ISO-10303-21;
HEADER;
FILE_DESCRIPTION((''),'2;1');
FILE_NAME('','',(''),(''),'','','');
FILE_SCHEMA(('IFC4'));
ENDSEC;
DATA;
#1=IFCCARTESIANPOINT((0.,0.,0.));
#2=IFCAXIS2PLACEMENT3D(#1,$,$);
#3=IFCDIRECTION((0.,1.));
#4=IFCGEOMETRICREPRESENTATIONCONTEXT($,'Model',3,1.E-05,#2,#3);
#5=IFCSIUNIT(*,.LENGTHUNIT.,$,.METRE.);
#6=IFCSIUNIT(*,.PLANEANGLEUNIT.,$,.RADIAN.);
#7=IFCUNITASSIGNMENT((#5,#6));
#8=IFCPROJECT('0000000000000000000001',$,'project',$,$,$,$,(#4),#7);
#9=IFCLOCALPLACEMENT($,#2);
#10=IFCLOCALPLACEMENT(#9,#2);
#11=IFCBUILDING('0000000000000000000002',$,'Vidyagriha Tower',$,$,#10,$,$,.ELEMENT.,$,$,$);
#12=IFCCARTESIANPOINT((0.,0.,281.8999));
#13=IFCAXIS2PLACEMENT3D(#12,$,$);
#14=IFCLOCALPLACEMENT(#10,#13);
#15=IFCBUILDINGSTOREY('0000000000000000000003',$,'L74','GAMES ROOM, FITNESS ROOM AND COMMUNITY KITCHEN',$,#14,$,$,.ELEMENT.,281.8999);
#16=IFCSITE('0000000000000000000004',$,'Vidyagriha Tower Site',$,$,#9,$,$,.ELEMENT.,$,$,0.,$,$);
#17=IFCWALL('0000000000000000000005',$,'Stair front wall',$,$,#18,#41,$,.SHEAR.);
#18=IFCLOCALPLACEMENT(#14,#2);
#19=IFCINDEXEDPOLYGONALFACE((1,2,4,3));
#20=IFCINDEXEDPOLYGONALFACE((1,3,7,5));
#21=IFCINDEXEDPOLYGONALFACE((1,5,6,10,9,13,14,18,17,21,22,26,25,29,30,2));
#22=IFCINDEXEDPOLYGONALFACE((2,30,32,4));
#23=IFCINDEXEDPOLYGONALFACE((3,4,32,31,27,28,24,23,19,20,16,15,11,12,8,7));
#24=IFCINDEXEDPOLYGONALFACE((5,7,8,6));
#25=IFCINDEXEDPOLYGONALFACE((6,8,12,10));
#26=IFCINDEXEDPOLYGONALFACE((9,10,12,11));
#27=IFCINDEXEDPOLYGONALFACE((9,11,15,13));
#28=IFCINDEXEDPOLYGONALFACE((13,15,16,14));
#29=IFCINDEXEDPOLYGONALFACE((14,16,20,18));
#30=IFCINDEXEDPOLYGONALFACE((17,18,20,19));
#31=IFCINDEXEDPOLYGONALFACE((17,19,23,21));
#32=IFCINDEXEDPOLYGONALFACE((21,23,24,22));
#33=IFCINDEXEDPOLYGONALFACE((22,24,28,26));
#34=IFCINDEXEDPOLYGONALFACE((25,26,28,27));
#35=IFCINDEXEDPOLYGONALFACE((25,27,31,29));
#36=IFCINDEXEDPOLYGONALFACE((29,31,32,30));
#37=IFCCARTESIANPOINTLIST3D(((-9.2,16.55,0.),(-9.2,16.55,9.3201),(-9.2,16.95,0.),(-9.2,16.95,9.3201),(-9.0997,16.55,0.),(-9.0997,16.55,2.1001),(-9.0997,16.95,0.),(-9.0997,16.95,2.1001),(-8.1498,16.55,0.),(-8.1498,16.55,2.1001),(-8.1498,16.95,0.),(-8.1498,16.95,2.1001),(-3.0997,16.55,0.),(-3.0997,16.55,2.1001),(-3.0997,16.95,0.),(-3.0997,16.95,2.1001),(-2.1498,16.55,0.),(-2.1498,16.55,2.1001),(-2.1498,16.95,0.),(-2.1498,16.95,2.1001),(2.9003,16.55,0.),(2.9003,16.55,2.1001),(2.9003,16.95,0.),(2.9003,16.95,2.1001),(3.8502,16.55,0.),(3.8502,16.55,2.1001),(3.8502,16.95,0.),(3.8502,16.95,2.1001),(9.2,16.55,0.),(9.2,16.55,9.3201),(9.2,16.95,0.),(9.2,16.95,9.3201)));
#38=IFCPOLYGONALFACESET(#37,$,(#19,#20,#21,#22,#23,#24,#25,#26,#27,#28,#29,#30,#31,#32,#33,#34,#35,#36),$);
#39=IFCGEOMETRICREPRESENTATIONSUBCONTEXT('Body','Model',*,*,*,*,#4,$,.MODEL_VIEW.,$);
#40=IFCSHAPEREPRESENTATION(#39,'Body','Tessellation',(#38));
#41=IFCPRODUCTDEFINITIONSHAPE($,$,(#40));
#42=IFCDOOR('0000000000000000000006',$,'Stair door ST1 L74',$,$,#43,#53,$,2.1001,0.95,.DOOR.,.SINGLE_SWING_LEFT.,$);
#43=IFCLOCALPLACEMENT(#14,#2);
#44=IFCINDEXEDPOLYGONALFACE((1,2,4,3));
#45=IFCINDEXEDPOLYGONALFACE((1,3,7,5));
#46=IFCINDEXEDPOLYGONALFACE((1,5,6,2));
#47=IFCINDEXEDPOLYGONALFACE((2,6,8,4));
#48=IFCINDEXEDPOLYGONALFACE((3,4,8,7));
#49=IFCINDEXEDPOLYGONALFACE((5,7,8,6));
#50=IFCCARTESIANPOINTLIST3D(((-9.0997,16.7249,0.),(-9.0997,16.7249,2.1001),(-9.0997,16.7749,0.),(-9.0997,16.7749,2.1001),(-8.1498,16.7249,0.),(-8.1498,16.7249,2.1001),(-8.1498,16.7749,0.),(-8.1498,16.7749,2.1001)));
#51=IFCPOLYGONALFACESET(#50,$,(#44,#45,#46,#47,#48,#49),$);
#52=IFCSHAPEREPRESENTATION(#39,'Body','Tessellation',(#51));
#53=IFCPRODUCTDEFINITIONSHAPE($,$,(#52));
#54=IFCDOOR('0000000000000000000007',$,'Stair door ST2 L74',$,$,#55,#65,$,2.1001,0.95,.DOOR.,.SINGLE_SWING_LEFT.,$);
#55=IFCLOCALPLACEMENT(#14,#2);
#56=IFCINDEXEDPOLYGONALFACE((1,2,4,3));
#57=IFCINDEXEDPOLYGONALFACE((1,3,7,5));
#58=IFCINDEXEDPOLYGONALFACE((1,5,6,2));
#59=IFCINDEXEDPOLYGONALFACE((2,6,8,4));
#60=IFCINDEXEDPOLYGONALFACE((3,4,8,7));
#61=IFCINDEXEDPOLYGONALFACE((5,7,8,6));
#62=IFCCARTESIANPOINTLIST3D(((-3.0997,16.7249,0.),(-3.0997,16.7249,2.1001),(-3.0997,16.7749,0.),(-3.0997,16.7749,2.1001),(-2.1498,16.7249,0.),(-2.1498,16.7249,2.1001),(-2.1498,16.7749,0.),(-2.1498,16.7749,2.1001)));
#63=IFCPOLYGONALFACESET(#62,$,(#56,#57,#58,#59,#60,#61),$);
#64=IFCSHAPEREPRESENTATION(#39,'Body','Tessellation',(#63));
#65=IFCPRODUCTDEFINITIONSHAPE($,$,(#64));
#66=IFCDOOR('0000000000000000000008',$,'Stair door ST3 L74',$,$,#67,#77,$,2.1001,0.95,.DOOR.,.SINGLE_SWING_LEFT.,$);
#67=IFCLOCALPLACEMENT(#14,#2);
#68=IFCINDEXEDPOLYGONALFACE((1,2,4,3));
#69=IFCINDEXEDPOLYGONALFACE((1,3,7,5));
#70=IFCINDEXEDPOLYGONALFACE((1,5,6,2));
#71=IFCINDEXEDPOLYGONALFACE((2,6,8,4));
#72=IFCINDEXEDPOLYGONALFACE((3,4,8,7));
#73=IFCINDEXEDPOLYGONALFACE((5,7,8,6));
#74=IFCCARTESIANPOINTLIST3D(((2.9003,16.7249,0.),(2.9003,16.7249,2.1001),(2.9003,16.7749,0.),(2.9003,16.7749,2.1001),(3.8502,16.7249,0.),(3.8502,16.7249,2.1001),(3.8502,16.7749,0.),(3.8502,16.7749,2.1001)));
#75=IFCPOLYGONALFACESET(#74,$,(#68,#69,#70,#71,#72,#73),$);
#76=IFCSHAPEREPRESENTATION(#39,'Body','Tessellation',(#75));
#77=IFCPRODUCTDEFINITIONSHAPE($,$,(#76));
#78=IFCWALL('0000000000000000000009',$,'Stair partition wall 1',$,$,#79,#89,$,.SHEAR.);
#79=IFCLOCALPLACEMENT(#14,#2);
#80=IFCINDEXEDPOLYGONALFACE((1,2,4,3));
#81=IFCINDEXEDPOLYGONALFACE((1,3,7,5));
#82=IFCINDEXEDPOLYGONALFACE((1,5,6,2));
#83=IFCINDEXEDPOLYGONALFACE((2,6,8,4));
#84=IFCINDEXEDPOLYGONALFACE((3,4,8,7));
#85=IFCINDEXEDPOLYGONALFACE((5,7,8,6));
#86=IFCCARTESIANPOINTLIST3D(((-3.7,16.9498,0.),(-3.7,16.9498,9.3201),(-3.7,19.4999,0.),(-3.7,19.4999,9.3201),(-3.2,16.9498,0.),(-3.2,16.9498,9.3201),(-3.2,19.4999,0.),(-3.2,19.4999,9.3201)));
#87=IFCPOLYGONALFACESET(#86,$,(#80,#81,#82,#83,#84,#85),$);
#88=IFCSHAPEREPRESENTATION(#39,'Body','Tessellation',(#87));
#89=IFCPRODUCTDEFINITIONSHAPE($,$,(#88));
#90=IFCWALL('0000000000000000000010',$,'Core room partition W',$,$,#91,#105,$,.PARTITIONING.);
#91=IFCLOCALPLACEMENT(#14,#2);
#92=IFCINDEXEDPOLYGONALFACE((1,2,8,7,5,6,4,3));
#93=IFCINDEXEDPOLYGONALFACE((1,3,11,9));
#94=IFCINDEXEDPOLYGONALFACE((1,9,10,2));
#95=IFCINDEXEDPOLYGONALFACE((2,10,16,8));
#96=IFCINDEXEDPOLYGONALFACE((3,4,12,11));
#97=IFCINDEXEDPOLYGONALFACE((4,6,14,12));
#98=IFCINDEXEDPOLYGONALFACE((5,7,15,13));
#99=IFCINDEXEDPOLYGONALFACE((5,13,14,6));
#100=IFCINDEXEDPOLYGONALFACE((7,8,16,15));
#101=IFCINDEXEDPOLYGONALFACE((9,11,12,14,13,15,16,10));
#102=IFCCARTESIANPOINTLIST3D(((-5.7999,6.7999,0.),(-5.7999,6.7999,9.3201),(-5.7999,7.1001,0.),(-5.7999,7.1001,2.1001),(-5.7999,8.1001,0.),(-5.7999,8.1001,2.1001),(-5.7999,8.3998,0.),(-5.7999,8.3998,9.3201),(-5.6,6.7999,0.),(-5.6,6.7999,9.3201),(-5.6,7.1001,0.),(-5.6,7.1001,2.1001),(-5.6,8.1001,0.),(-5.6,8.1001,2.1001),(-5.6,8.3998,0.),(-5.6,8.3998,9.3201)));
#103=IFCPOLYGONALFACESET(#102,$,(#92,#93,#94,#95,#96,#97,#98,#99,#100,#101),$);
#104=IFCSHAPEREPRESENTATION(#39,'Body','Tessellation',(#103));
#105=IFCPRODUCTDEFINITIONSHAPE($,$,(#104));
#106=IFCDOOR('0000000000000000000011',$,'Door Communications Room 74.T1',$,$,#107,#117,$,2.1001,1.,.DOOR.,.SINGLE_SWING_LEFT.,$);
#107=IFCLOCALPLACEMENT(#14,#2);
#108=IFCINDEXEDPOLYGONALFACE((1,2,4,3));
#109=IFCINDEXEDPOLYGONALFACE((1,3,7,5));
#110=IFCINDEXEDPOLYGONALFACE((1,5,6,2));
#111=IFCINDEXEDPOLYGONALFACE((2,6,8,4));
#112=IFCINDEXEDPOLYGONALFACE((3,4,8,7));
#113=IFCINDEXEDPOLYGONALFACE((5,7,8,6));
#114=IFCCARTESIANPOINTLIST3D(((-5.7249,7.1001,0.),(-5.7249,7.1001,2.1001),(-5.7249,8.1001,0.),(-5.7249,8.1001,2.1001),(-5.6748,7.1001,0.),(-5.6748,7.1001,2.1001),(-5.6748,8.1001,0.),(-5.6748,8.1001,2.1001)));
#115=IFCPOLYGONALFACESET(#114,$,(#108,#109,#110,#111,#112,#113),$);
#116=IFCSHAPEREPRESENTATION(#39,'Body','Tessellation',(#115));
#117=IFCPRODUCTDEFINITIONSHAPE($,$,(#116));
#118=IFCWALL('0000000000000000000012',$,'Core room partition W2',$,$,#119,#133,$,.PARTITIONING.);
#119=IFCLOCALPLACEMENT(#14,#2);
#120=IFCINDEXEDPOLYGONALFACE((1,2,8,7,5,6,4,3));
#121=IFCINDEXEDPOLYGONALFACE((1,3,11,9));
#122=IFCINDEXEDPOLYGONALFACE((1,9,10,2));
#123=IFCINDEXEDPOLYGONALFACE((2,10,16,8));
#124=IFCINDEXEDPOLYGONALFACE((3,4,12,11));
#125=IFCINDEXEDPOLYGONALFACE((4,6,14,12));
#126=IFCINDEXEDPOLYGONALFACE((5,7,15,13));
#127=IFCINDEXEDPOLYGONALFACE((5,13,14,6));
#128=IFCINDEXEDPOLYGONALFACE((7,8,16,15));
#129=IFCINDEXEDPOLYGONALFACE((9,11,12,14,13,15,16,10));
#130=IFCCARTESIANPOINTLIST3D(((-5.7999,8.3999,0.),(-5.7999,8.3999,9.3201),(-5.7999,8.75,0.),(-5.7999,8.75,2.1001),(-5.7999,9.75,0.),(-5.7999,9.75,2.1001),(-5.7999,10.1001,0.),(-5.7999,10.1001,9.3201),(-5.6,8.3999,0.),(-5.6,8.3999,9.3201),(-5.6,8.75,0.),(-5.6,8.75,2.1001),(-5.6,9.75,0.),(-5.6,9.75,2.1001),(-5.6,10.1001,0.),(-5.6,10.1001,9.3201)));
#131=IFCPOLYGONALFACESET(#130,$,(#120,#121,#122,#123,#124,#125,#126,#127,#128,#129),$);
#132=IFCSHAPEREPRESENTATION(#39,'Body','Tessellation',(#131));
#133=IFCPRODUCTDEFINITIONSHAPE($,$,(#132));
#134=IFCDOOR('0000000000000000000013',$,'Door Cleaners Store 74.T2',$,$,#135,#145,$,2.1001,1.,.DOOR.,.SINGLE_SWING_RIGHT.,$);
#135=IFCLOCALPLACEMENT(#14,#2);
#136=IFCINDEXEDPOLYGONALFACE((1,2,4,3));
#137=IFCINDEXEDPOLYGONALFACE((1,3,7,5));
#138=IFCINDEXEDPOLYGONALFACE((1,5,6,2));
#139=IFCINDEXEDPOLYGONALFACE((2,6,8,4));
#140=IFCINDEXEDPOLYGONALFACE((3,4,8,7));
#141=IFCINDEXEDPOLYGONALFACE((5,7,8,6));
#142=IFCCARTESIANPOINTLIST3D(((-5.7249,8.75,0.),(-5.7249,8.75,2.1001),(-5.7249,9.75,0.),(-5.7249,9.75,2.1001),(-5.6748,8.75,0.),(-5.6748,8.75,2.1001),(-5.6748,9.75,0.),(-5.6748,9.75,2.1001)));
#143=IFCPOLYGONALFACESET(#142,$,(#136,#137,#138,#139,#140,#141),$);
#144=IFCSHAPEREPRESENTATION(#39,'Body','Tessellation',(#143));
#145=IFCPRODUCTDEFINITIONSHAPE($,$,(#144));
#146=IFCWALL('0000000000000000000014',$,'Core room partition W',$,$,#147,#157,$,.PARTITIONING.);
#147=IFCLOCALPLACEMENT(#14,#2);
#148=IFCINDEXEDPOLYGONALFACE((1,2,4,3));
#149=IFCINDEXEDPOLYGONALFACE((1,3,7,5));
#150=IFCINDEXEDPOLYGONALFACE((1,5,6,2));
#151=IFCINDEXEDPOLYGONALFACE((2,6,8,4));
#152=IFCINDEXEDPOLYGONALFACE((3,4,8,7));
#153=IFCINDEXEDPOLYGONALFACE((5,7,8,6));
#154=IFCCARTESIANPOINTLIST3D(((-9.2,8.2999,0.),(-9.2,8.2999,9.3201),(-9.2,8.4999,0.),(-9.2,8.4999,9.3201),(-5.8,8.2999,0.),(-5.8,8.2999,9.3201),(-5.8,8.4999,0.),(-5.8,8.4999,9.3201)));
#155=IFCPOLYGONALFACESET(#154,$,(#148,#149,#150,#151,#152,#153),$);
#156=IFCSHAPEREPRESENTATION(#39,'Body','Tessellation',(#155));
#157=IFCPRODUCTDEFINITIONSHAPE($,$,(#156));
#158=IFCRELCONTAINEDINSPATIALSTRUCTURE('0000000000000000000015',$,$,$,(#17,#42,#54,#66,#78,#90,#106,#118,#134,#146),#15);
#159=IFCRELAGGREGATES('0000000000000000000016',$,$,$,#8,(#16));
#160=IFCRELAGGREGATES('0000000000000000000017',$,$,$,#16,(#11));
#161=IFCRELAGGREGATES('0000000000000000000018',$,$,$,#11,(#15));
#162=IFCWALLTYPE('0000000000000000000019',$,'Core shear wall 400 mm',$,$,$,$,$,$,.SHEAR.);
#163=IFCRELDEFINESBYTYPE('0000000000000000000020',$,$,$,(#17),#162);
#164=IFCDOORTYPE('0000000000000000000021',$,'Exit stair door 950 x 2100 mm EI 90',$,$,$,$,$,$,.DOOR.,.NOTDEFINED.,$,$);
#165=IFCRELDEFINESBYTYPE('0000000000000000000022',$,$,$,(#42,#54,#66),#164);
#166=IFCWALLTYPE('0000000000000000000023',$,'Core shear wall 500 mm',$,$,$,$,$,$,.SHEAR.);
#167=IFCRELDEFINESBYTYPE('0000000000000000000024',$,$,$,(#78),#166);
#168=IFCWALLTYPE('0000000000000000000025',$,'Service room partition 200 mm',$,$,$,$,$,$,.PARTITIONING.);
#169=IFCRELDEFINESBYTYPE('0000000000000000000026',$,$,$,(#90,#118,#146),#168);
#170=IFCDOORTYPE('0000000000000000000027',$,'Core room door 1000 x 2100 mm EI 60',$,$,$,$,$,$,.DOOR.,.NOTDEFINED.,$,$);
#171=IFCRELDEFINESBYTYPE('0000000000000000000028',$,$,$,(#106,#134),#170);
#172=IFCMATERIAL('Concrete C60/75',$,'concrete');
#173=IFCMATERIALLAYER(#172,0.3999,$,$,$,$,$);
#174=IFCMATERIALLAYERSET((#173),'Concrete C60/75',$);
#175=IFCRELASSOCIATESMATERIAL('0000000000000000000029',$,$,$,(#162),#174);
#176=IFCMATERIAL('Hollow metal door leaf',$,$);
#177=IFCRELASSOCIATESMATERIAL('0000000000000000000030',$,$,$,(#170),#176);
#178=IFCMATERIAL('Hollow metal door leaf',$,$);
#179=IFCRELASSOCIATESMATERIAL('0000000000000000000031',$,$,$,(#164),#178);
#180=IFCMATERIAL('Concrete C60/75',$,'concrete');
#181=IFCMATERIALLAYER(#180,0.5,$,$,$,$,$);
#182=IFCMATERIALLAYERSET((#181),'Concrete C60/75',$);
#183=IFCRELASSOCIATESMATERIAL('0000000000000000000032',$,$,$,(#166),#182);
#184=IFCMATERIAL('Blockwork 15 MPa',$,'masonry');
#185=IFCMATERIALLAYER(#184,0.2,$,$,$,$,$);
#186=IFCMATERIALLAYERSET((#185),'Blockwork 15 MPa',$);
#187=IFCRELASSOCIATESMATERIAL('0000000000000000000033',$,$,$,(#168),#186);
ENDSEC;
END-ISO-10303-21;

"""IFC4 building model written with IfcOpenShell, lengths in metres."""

from ifc_helpers import new_model, si_unit, direction, frame, frame_2d, origin, place, context, subcontext, project, spatial, rectangle, extrude, material, layer, layer_set, type_object, element, fill, save


model = new_model("IFC4")

# Units and contexts
model_context = context("Model", 3, precision=1e-05, world=origin(), true_north=direction((0.0, 1.0)))
body_context = subcontext(model_context, "Body", "Model", "MODEL_VIEW")
ifc_project = project(units=[si_unit("LENGTHUNIT", "METRE"), si_unit("PLANEANGLEUNIT", "RADIAN")], contexts=[model_context])

# Site, building, storey
site_placement = place(None, origin())
site = spatial("IfcSite", under=ifc_project, at=site_placement, Name="Vidyagriha Tower Site", CompositionType="ELEMENT", RefElevation=0.0)
building_placement = place(site_placement, origin())
building = spatial("IfcBuilding", under=site, at=building_placement, Name="Vidyagriha Tower", CompositionType="ELEMENT")
storey_placement = place(building_placement, frame((0.0, 0.0, 281.8999)))
storey = spatial("IfcBuildingStorey", under=building, at=storey_placement, Name="L74", Description="GAMES ROOM, FITNESS ROOM AND COMMUNITY KITCHEN", CompositionType="ELEMENT", Elevation=281.8999)

# Shared definitions
ifc_material_1 = material(Name="Concrete C60/75", Category="concrete")
ifc_layer_1 = layer(ifc_material_1, 0.3999)
ifc_layer_set_1 = layer_set([ifc_layer_1], Name="Concrete C60/75")
wall_type_1 = type_object("IfcWallType", Name="Core shear wall 400 mm", PredefinedType="SHEAR", material=ifc_layer_set_1)
ifc_material_2 = material(Name="Hollow metal door leaf")
door_type_1 = type_object("IfcDoorType", Name="Core room door 1000 x 2100 mm EI 60", OperationType="NOTDEFINED", PredefinedType="DOOR", material=ifc_material_2)

# Wall, openings, doors
wall_1_placement = place(storey_placement, frame((-9.2, 16.75, 0.0)))
wall_1 = element("IfcWall", 1, at=wall_1_placement, inside=storey, type_object=wall_type_1, Name="Stair front wall", PredefinedType="SHEAR", context=body_context, shape_type="SweptSolid", body=[
    extrude(rectangle(XDim=18.3999, YDim=0.3999, at=frame_2d((9.2, 0.0))), origin(), (0.0, 0.0, 1.0), 9.3201),
])
opening_1_placement = place(wall_1_placement, frame((0.1001, 0.0, 0.0)))
opening_1 = element("IfcOpeningElement", 2, at=opening_1_placement, cuts=wall_1, PredefinedType="OPENING", context=body_context, shape_type="SweptSolid", body=[
    extrude(rectangle(XDim=0.95, YDim=2.1001, at=frame_2d((0.4751, 1.05))), frame((0.0, 0.21, 0.0), z_axis=(0.0, -1.0, 0.0), x_axis=(1.0, 0.0, 0.0)), (0.0, 0.0, 1.0), 0.4199),
])
opening_2_placement = place(wall_1_placement, frame((6.1001, 0.0, 0.0)))
opening_2 = element("IfcOpeningElement", 3, at=opening_2_placement, cuts=wall_1, PredefinedType="OPENING", context=body_context, shape_type="SweptSolid", body=[
    extrude(rectangle(XDim=0.95, YDim=2.1001, at=frame_2d((0.4751, 1.05))), frame((0.0, 0.21, 0.0), z_axis=(0.0, -1.0, 0.0), x_axis=(1.0, 0.0, 0.0)), (0.0, 0.0, 1.0), 0.4199),
])
opening_3_placement = place(wall_1_placement, frame((12.1001, 0.0, 0.0)))
opening_3 = element("IfcOpeningElement", 4, at=opening_3_placement, cuts=wall_1, PredefinedType="OPENING", context=body_context, shape_type="SweptSolid", body=[
    extrude(rectangle(XDim=0.95, YDim=2.1001, at=frame_2d((0.4751, 1.05))), frame((0.0, 0.21, 0.0), z_axis=(0.0, -1.0, 0.0), x_axis=(1.0, 0.0, 0.0)), (0.0, 0.0, 1.0), 0.4199),
])
ifc_material_3 = material(Name="Hollow metal door leaf")
door_type_2 = type_object("IfcDoorType", Name="Exit stair door 950 x 2100 mm EI 90", OperationType="NOTDEFINED", PredefinedType="DOOR", material=ifc_material_3)
door_1_placement = place(opening_1_placement, origin())
door_1 = element("IfcDoor", 5, at=door_1_placement, inside=storey, type_object=door_type_2, Name="Stair door ST1 L74", OperationType="SINGLE_SWING_LEFT", OverallHeight=2.1001, OverallWidth=0.95, PredefinedType="DOOR", context=body_context, shape_type="SweptSolid", body=[
    extrude(rectangle(XDim=0.95, YDim=2.1001, at=frame_2d((0.4751, 1.05))), frame((0.0, 0.0249, 0.0), z_axis=(0.0, -1.0, 0.0), x_axis=(1.0, 0.0, 0.0)), (0.0, 0.0, 1.0), 0.05),
])
fill(opening_1, door_1)
door_2_placement = place(opening_2_placement, origin())
door_2 = element("IfcDoor", 6, at=door_2_placement, inside=storey, type_object=door_type_2, Name="Stair door ST2 L74", OperationType="SINGLE_SWING_LEFT", OverallHeight=2.1001, OverallWidth=0.95, PredefinedType="DOOR", context=body_context, shape_type="SweptSolid", body=[
    extrude(rectangle(XDim=0.95, YDim=2.1001, at=frame_2d((0.4751, 1.05))), frame((0.0, 0.0249, 0.0), z_axis=(0.0, -1.0, 0.0), x_axis=(1.0, 0.0, 0.0)), (0.0, 0.0, 1.0), 0.05),
])
fill(opening_2, door_2)
door_3_placement = place(opening_3_placement, origin())
door_3 = element("IfcDoor", 7, at=door_3_placement, inside=storey, type_object=door_type_2, Name="Stair door ST3 L74", OperationType="SINGLE_SWING_LEFT", OverallHeight=2.1001, OverallWidth=0.95, PredefinedType="DOOR", context=body_context, shape_type="SweptSolid", body=[
    extrude(rectangle(XDim=0.95, YDim=2.1001, at=frame_2d((0.4751, 1.05))), frame((0.0, 0.0249, 0.0), z_axis=(0.0, -1.0, 0.0), x_axis=(1.0, 0.0, 0.0)), (0.0, 0.0, 1.0), 0.05),
])
fill(opening_3, door_3)

# Wall
ifc_material_4 = material(Name="Concrete C60/75", Category="concrete")
ifc_layer_2 = layer(ifc_material_4, 0.5)
ifc_layer_set_2 = layer_set([ifc_layer_2], Name="Concrete C60/75")
wall_type_2 = type_object("IfcWallType", Name="Core shear wall 500 mm", PredefinedType="SHEAR", material=ifc_layer_set_2)
wall_2_placement = place(storey_placement, frame((-3.45, 16.95, 0.0), z_axis=(0.0, 0.0, 1.0), x_axis=(0.0, 1.0, 0.0)))
element("IfcWall", 8, at=wall_2_placement, inside=storey, type_object=wall_type_2, Name="Stair partition wall 1", PredefinedType="SHEAR", context=body_context, shape_type="SweptSolid", body=[
    extrude(rectangle(XDim=2.55, YDim=0.5, at=frame_2d((1.2749, 0.0))), origin(), (0.0, 0.0, 1.0), 9.3201),
])

# Walls, openings, doors
ifc_material_5 = material(Name="Blockwork 15 MPa", Category="masonry")
ifc_layer_3 = layer(ifc_material_5, 0.2)
ifc_layer_set_3 = layer_set([ifc_layer_3], Name="Blockwork 15 MPa")
wall_type_3 = type_object("IfcWallType", Name="Service room partition 200 mm", PredefinedType="PARTITIONING", material=ifc_layer_set_3)
wall_3_placement = place(storey_placement, frame((-5.7, 6.8, 0.0), z_axis=(0.0, 0.0, 1.0), x_axis=(0.0, 1.0, 0.0)))
wall_3 = element("IfcWall", 9, at=wall_3_placement, inside=storey, type_object=wall_type_3, Name="Core room partition W", PredefinedType="PARTITIONING", context=body_context, shape_type="SweptSolid", body=[
    extrude(rectangle(XDim=1.5999, YDim=0.2, at=frame_2d((0.7998, 0.0))), origin(), (0.0, 0.0, 1.0), 9.3201),
])
opening_4_placement = place(wall_3_placement, frame((0.3, 0.0, 0.0)))
opening_4 = element("IfcOpeningElement", 10, at=opening_4_placement, cuts=wall_3, PredefinedType="OPENING", context=body_context, shape_type="SweptSolid", body=[
    extrude(rectangle(XDim=1.0, YDim=2.1001, at=frame_2d((0.5, 1.05))), frame((0.0, 0.1099, 0.0), z_axis=(0.0, -1.0, 0.0), x_axis=(1.0, 0.0, 0.0)), (0.0, 0.0, 1.0), 0.22),
])
door_4_placement = place(opening_4_placement, origin())
door_4 = element("IfcDoor", 11, at=door_4_placement, inside=storey, type_object=door_type_1, Name="Door Communications Room 74.T1", OperationType="SINGLE_SWING_LEFT", OverallHeight=2.1001, OverallWidth=1.0, PredefinedType="DOOR", context=body_context, shape_type="SweptSolid", body=[
    extrude(rectangle(XDim=1.0, YDim=2.1001, at=frame_2d((0.5, 1.05))), frame((0.0, 0.0249, 0.0), z_axis=(0.0, -1.0, 0.0), x_axis=(1.0, 0.0, 0.0)), (0.0, 0.0, 1.0), 0.05),
])
fill(opening_4, door_4)
wall_4_placement = place(storey_placement, frame((-5.7, 8.3999, 0.0), z_axis=(0.0, 0.0, 1.0), x_axis=(0.0, 1.0, 0.0)))
wall_4 = element("IfcWall", 12, at=wall_4_placement, inside=storey, type_object=wall_type_3, Name="Core room partition W2", PredefinedType="PARTITIONING", context=body_context, shape_type="SweptSolid", body=[
    extrude(rectangle(XDim=1.7002, YDim=0.2, at=frame_2d((0.8501, 0.0))), origin(), (0.0, 0.0, 1.0), 9.3201),
])
opening_5_placement = place(wall_4_placement, frame((0.3501, 0.0, 0.0)))
opening_5 = element("IfcOpeningElement", 13, at=opening_5_placement, cuts=wall_4, PredefinedType="OPENING", context=body_context, shape_type="SweptSolid", body=[
    extrude(rectangle(XDim=1.0, YDim=2.1001, at=frame_2d((0.5, 1.05))), frame((0.0, 0.1099, 0.0), z_axis=(0.0, -1.0, 0.0), x_axis=(1.0, 0.0, 0.0)), (0.0, 0.0, 1.0), 0.22),
])
door_5_placement = place(opening_5_placement, origin())
door_5 = element("IfcDoor", 14, at=door_5_placement, inside=storey, type_object=door_type_1, Name="Door Cleaners Store 74.T2", OperationType="SINGLE_SWING_RIGHT", OverallHeight=2.1001, OverallWidth=1.0, PredefinedType="DOOR", context=body_context, shape_type="SweptSolid", body=[
    extrude(rectangle(XDim=1.0, YDim=2.1001, at=frame_2d((0.5, 1.05))), frame((0.0, 0.0249, 0.0), z_axis=(0.0, -1.0, 0.0), x_axis=(1.0, 0.0, 0.0)), (0.0, 0.0, 1.0), 0.05),
])
fill(opening_5, door_5)

# Wall
wall_5_placement = place(storey_placement, frame((-9.2, 8.3999, 0.0)))
element("IfcWall", 15, at=wall_5_placement, inside=storey, type_object=wall_type_3, Name="Core room partition W", PredefinedType="PARTITIONING", context=body_context, shape_type="SweptSolid", body=[
    extrude(rectangle(XDim=3.3999, YDim=0.2, at=frame_2d((1.7, 0.0))), origin(), (0.0, 0.0, 1.0), 9.3201),
])

save(model, "model.ifc")
